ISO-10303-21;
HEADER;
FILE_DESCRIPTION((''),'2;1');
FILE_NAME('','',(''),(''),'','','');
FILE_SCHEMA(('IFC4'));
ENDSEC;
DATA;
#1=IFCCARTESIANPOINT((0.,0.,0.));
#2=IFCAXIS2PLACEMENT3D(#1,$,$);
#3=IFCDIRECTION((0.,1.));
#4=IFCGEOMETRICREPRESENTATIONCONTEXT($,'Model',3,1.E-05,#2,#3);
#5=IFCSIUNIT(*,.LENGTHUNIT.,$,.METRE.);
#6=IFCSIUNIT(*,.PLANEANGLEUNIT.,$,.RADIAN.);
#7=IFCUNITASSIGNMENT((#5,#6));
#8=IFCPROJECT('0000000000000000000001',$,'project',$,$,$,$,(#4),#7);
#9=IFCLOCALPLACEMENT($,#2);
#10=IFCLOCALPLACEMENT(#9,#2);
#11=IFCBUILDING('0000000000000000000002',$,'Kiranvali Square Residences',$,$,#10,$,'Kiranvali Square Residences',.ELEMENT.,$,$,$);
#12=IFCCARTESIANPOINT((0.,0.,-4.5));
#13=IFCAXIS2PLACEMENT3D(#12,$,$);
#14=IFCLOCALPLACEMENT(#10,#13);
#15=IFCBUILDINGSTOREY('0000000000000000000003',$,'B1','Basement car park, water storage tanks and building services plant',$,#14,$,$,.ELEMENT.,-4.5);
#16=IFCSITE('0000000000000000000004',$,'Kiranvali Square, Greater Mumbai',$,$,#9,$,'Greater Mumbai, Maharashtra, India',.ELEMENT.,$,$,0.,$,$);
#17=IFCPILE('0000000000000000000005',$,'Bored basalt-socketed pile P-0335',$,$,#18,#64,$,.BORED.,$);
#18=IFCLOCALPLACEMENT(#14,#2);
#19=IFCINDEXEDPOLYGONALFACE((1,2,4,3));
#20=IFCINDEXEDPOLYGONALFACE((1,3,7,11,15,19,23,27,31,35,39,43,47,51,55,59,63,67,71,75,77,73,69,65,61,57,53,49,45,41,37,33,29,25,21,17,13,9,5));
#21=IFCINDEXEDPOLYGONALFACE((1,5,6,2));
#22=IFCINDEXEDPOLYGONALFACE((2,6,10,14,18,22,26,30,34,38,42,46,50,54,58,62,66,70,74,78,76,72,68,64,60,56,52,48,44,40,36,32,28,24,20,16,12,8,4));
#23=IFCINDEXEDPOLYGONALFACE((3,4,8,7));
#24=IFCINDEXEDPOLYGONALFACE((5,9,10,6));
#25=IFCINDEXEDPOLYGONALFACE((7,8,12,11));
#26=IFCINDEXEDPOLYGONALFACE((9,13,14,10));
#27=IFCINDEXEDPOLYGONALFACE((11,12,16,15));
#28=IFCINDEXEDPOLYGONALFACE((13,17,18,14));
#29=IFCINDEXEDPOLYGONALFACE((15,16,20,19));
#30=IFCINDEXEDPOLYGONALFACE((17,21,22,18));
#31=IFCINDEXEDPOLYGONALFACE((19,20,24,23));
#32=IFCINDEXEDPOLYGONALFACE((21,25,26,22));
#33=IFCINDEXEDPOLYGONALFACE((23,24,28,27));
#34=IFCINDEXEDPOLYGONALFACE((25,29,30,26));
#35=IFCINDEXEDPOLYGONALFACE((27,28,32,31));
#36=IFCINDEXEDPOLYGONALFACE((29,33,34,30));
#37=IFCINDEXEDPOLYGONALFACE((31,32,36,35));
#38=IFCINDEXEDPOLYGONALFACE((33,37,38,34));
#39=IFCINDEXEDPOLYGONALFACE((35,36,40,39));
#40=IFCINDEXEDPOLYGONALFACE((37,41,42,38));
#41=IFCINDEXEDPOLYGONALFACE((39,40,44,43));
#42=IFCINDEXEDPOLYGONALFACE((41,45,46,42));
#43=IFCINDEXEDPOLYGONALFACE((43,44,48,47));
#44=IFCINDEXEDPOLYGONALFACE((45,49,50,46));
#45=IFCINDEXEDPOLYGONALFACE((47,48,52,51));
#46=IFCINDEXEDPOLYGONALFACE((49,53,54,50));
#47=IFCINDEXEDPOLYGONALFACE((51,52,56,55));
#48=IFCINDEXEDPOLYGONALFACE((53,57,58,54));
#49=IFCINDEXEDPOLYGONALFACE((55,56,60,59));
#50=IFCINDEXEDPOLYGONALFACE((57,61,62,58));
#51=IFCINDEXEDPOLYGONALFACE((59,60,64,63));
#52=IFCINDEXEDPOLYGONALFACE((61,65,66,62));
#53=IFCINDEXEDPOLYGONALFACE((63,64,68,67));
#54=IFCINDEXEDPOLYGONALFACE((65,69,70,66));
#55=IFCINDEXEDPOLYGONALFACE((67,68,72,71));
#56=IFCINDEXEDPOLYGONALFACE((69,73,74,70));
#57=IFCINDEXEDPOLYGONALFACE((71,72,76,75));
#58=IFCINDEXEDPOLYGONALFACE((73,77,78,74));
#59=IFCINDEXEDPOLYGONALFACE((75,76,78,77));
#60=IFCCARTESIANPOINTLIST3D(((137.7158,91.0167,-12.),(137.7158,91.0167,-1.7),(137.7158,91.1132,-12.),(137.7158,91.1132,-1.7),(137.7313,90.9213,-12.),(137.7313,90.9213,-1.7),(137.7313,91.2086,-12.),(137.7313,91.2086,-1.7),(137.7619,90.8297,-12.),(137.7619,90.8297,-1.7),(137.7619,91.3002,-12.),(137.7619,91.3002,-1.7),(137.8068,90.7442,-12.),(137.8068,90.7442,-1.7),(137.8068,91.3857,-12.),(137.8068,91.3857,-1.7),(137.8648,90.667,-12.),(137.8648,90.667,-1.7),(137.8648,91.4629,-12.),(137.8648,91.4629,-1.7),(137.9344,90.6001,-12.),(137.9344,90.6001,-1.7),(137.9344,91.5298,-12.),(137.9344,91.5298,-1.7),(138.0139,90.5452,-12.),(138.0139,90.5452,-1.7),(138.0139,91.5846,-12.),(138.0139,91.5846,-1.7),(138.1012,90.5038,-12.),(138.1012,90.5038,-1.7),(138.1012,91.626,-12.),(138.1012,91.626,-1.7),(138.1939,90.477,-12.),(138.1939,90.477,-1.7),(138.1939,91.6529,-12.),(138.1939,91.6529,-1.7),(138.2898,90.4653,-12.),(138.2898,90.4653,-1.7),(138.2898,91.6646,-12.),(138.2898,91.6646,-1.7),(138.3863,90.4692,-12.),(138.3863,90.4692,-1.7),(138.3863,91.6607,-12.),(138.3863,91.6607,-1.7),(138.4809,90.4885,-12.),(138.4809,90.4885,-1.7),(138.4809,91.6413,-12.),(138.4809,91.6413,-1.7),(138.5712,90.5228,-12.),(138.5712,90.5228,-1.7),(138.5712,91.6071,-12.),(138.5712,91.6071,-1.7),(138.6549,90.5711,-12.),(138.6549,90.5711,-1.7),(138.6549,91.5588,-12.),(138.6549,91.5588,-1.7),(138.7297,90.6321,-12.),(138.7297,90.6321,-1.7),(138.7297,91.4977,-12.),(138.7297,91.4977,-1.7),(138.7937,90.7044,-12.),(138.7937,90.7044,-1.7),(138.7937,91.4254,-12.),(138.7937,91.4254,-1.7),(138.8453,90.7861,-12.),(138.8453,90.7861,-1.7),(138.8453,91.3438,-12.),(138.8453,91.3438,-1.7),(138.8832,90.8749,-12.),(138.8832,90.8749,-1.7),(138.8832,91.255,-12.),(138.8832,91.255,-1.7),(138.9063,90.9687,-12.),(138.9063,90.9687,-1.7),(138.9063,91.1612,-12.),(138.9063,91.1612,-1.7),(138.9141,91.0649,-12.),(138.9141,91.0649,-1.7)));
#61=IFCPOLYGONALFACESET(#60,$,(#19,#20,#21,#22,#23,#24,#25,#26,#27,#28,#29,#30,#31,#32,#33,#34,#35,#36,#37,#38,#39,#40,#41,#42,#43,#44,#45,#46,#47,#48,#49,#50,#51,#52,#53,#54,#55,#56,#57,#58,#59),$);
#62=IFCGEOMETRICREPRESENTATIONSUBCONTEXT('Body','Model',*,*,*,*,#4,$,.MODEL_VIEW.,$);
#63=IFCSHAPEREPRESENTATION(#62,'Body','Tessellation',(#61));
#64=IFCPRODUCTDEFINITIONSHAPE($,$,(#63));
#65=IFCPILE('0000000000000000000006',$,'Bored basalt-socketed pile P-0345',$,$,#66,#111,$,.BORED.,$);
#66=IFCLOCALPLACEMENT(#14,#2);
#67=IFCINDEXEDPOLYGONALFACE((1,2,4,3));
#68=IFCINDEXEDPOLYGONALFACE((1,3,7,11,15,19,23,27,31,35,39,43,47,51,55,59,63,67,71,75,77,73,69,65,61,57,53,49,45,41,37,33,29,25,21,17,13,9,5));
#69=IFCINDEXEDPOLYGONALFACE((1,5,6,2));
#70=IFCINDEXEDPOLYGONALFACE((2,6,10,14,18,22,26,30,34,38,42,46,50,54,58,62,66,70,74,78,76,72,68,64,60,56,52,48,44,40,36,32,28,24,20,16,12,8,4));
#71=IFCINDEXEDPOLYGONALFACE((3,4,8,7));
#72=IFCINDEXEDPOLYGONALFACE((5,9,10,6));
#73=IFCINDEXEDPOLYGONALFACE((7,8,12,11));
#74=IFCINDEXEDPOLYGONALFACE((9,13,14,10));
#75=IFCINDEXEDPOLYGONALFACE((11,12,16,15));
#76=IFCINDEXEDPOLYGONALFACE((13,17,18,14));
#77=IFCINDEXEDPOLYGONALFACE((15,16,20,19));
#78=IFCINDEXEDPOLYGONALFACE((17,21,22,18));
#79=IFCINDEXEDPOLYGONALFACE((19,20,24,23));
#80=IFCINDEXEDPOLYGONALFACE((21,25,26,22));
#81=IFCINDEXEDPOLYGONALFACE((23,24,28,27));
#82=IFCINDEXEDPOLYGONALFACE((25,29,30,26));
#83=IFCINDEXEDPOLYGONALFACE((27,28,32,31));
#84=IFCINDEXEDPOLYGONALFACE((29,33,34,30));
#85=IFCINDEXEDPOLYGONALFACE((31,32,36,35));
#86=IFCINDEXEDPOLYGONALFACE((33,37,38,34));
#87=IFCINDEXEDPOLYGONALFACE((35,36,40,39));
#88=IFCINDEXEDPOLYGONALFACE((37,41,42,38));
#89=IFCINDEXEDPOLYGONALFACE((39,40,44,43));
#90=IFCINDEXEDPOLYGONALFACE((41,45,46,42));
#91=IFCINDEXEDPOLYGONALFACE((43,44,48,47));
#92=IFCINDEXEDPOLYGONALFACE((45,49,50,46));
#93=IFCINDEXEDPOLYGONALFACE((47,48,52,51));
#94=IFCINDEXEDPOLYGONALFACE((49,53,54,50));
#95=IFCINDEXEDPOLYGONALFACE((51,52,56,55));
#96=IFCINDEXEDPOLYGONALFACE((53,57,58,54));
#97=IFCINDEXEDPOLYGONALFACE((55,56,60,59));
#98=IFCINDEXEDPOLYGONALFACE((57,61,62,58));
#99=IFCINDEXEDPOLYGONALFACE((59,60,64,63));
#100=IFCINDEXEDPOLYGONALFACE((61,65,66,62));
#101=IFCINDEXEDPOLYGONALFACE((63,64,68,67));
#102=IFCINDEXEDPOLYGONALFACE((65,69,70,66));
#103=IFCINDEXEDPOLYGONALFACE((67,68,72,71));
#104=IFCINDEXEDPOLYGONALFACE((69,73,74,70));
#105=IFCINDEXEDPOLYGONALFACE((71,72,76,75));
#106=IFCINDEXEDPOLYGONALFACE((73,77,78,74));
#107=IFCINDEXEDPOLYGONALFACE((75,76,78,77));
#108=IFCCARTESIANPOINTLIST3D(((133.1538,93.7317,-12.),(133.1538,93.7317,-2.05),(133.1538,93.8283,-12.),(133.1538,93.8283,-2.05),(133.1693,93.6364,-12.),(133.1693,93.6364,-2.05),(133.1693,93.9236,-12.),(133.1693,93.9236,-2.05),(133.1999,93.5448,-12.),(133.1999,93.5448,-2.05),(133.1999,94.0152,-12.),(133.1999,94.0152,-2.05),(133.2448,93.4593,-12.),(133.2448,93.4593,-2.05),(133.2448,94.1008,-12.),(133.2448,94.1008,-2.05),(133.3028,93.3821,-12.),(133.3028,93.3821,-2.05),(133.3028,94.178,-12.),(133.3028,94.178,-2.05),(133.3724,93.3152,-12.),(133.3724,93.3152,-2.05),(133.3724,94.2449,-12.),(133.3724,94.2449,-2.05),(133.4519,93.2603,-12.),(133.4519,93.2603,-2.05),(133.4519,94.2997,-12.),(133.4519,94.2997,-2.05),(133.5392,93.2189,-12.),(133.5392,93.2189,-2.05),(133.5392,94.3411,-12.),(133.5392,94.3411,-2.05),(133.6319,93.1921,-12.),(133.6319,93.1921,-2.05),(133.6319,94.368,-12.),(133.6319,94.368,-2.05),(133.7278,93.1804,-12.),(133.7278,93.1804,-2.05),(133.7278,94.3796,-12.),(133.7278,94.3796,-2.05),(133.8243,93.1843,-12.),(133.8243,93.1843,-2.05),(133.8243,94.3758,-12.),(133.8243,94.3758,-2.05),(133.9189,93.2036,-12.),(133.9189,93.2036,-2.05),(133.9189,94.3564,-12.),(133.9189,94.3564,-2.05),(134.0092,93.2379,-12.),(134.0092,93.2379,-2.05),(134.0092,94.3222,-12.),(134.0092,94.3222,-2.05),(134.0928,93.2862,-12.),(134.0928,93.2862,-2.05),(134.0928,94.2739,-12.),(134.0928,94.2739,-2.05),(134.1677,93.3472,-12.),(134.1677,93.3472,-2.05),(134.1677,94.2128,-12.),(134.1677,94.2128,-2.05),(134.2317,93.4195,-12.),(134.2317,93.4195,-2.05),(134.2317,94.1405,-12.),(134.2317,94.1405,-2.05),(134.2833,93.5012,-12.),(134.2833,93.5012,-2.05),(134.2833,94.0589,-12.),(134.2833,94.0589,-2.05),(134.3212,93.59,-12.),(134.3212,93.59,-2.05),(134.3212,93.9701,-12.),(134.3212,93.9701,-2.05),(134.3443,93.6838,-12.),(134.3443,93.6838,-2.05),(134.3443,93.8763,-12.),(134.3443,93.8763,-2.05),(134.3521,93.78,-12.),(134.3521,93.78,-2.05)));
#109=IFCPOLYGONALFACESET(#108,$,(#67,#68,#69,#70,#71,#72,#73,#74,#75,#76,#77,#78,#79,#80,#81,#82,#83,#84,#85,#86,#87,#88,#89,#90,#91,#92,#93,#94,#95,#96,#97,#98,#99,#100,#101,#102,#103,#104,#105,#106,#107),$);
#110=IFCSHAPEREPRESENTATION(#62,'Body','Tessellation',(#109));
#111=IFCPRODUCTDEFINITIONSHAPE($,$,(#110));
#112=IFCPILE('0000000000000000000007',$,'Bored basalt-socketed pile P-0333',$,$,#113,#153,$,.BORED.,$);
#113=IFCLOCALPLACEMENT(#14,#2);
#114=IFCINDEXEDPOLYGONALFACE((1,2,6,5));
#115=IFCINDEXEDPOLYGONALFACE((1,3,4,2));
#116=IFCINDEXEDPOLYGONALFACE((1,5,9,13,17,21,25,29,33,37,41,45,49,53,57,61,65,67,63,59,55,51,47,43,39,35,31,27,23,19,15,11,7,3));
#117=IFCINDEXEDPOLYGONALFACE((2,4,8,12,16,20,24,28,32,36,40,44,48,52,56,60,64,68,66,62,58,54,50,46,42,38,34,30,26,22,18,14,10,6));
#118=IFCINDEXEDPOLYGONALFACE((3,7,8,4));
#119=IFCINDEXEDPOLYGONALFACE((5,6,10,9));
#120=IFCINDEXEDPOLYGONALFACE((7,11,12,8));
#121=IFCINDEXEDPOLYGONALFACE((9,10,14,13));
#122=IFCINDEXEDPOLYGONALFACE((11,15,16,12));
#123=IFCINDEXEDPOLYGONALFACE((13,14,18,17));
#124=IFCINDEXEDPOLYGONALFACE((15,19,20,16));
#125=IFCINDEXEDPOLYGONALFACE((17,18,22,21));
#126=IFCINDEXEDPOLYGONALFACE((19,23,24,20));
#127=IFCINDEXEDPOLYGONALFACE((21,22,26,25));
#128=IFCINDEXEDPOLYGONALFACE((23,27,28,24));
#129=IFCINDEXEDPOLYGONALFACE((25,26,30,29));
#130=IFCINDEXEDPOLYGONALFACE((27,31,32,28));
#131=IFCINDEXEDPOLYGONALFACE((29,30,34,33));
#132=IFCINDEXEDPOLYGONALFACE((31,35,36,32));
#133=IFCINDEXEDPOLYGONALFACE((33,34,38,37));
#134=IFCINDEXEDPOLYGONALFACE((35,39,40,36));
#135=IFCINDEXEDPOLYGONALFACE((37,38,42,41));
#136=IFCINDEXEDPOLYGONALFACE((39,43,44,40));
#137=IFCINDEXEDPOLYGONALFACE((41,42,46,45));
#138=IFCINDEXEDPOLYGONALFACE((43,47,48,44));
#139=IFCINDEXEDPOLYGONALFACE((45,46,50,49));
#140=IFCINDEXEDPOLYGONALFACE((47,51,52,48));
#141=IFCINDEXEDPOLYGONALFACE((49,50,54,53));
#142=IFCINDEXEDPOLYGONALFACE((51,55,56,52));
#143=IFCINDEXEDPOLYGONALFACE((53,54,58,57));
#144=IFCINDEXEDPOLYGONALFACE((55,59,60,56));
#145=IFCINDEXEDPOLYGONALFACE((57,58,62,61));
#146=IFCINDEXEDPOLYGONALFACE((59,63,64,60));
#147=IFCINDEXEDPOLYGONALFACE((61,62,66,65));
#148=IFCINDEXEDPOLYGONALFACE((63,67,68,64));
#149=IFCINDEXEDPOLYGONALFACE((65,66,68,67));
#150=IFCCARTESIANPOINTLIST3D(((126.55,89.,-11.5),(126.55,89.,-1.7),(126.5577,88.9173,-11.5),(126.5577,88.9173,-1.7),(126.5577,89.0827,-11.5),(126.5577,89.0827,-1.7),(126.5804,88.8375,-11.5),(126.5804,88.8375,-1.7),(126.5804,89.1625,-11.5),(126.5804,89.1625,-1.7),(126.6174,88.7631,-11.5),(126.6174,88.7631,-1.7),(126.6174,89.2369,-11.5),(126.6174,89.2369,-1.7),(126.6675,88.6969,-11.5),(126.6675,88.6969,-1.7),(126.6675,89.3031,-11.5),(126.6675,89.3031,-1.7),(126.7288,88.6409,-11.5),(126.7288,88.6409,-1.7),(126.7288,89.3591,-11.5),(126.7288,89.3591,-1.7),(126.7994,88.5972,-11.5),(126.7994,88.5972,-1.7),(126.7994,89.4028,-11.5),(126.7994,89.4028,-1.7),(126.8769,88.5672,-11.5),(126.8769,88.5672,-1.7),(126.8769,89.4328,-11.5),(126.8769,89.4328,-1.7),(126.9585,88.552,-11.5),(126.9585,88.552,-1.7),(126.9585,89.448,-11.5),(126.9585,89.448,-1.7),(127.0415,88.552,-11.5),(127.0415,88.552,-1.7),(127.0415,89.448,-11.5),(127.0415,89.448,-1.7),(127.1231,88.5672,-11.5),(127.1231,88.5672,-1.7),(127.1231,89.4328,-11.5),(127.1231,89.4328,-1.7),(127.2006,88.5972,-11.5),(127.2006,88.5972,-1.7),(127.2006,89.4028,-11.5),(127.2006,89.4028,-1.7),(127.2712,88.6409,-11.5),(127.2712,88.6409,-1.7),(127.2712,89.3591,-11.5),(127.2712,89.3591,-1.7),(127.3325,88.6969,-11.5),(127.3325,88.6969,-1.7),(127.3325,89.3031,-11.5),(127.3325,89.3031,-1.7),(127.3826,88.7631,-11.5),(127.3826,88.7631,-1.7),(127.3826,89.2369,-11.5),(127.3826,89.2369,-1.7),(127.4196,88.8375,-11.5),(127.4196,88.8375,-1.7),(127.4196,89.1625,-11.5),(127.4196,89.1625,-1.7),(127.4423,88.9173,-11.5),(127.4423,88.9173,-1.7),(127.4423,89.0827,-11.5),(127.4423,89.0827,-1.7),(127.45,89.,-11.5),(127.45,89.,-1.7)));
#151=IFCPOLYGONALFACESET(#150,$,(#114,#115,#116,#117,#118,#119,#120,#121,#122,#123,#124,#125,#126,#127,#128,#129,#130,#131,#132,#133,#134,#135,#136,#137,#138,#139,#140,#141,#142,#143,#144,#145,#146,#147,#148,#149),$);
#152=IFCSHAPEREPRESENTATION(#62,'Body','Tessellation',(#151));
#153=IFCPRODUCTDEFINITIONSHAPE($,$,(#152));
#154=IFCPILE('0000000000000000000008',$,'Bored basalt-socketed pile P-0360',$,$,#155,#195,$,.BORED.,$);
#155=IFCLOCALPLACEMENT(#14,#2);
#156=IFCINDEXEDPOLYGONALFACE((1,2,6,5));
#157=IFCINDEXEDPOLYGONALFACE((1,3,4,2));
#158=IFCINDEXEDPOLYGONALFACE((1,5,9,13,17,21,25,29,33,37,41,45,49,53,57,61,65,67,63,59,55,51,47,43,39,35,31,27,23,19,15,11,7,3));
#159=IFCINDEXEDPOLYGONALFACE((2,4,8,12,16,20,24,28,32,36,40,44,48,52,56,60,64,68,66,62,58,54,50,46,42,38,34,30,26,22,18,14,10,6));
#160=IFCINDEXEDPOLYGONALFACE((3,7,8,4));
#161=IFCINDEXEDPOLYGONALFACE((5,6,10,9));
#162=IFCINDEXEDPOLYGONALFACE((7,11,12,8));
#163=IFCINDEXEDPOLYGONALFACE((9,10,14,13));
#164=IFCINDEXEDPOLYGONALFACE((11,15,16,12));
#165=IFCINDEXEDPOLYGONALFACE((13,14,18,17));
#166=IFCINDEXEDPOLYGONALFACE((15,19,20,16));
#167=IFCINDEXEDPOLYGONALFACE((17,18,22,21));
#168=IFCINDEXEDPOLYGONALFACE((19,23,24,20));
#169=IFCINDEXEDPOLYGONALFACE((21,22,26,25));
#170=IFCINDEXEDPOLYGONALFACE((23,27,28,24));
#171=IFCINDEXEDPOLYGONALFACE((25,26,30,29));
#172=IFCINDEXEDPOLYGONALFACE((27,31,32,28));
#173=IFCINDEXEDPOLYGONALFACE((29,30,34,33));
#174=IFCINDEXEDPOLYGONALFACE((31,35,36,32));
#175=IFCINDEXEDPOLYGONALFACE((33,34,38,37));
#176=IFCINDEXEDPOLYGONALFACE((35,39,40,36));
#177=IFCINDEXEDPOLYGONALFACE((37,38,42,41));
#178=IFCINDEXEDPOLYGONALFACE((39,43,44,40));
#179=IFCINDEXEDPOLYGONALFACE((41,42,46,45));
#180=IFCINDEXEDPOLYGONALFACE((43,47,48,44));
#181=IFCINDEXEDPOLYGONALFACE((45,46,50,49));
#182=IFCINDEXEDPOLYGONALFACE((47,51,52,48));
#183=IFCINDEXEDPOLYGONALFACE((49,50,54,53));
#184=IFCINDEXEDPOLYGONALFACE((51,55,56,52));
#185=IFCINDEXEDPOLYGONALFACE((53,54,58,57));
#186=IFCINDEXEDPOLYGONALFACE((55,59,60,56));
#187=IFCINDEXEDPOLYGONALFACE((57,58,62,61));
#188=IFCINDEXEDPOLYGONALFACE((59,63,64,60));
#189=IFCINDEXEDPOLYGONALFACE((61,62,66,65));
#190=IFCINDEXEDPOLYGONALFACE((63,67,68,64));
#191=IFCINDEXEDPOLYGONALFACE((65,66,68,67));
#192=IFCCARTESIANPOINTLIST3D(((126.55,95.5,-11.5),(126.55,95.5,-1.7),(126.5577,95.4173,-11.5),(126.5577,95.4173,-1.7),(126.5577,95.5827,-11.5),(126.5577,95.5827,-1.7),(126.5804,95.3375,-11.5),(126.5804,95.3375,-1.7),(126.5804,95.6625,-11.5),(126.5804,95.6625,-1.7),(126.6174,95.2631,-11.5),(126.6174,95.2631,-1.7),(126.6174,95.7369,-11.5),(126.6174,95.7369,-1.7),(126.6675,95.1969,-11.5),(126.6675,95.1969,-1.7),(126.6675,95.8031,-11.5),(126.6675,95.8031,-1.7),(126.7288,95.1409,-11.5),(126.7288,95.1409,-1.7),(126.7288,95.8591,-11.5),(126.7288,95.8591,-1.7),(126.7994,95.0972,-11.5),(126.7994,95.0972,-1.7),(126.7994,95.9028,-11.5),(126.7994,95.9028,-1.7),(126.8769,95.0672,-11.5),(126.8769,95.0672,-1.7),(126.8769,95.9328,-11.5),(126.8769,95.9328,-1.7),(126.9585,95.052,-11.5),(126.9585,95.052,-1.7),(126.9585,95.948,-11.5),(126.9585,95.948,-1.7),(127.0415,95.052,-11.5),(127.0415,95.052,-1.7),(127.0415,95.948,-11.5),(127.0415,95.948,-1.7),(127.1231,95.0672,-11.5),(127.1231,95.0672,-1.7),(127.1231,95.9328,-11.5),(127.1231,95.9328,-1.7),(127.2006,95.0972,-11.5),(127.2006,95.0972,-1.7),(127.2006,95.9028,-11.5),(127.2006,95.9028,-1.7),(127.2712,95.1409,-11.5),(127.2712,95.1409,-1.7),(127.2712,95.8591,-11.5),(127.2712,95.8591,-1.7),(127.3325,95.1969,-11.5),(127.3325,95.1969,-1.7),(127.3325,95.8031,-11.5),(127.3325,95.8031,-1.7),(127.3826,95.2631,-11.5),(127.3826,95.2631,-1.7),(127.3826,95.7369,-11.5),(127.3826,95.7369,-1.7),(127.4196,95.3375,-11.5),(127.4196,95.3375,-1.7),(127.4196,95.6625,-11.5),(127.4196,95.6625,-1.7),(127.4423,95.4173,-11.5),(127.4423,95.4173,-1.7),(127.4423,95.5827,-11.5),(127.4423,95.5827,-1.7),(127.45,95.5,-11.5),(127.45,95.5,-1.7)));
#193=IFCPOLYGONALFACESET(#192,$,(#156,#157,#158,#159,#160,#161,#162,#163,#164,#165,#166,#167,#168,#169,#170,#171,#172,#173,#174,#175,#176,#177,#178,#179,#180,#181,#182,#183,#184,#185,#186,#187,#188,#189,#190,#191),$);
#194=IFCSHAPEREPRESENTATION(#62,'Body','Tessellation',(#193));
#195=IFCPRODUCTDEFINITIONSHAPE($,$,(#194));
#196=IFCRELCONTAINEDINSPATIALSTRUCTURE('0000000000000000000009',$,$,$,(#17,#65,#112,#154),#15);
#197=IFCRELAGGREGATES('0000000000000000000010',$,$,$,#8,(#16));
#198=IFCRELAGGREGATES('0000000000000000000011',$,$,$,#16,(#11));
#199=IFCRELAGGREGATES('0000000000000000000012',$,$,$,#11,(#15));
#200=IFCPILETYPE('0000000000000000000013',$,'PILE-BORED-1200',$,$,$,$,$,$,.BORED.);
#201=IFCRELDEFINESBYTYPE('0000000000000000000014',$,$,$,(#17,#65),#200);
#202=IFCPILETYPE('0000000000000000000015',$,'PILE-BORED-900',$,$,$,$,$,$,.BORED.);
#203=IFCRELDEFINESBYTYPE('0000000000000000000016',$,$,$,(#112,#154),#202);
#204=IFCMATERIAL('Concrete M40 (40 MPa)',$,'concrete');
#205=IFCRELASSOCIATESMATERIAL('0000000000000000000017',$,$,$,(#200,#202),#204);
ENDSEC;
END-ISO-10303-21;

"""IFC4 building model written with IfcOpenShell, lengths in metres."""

from ifc_helpers import new_model, si_unit, direction, frame, origin, origin_2d, place, context, subcontext, project, spatial, circle, extrude, material, material_profile, profile_set, type_object, element, save


model = new_model("IFC4")

# Units and contexts
model_context = context("Model", 3, precision=1e-05, world=origin(), true_north=direction((0.0, 1.0)))
body_context = subcontext(model_context, "Body", "Model", "MODEL_VIEW")
ifc_project = project(units=[si_unit("LENGTHUNIT", "METRE"), si_unit("PLANEANGLEUNIT", "RADIAN")], contexts=[model_context])

# Site, building, storey
site_placement = place(None, origin())
site = spatial("IfcSite", under=ifc_project, at=site_placement, Name="Kiranvali Square, Greater Mumbai", LongName="Greater Mumbai, Maharashtra, India", CompositionType="ELEMENT", RefElevation=0.0)
building_placement = place(site_placement, origin())
building = spatial("IfcBuilding", under=site, at=building_placement, Name="Kiranvali Square Residences", LongName="Kiranvali Square Residences", CompositionType="ELEMENT")
storey_placement = place(building_placement, frame((0.0, 0.0, -4.5)))
storey = spatial("IfcBuildingStorey", under=building, at=storey_placement, Name="B1", Description="Basement car park, water storage tanks and building services plant", CompositionType="ELEMENT", Elevation=-4.5)

# Shared definitions
ifc_material_1 = material(Name="Concrete M40 (40 MPa)", Category="concrete")

# Piles
ifc_material_profile_1 = material_profile(ifc_material_1, circle(Radius=0.6001, at=origin_2d()), Name="BORED PILE 1200")
ifc_profile_set_1 = profile_set([ifc_material_profile_1], Name="Concrete M40 (40 MPa)")
pile_type_1 = type_object("IfcPileType", Name="PILE-BORED-1200", PredefinedType="BORED", material=ifc_profile_set_1)
for number, where, z_axis, x_axis, name in (
    (1, (138.314, 91.0649, -1.7), (0.0, 0.0, -1.0), (1.0, 0.0, 0.0), "Bored basalt-socketed pile P-0335"),
):
    element("IfcPile", number, at=place(storey_placement, frame(where, z_axis=z_axis, x_axis=x_axis)), inside=storey, type_object=pile_type_1, Name=name, PredefinedType="BORED", context=body_context, shape_type="SweptSolid", body=[
        extrude(circle(Radius=0.6001, at=origin_2d()), origin(), (0.0, 0.0, 1.0), 10.3),
    ])
pile_placement = place(storey_placement, frame((133.752, 93.78, -2.05), z_axis=(0.0, 0.0, -1.0), x_axis=(1.0, 0.0, 0.0)))
element("IfcPile", 2, at=pile_placement, inside=storey, type_object=pile_type_1, Name="Bored basalt-socketed pile P-0345", PredefinedType="BORED", context=body_context, shape_type="SweptSolid", body=[
    extrude(circle(Radius=0.6001, at=origin_2d()), origin(), (0.0, 0.0, 1.0), 9.95),
])
ifc_material_profile_2 = material_profile(ifc_material_1, circle(Radius=0.45, at=origin_2d()), Name="BORED PILE 900")
ifc_profile_set_2 = profile_set([ifc_material_profile_2], Name="Concrete M40 (40 MPa)")
pile_type_2 = type_object("IfcPileType", Name="PILE-BORED-900", PredefinedType="BORED", material=ifc_profile_set_2)
for number, where, z_axis, x_axis, name in (
    (3, (127.0, 89.0, -1.7), (0.0, 0.0, -1.0), (1.0, 0.0, 0.0), "Bored basalt-socketed pile P-0333"),
    (4, (127.0, 95.5, -1.7), (0.0, 0.0, -1.0), (1.0, 0.0, 0.0), "Bored basalt-socketed pile P-0360"),
):
    element("IfcPile", number, at=place(storey_placement, frame(where, z_axis=z_axis, x_axis=x_axis)), inside=storey, type_object=pile_type_2, Name=name, PredefinedType="BORED", context=body_context, shape_type="SweptSolid", body=[
        extrude(circle(Radius=0.45, at=origin_2d()), origin(), (0.0, 0.0, 1.0), 9.8),
    ])

save(model, "model.ifc")
